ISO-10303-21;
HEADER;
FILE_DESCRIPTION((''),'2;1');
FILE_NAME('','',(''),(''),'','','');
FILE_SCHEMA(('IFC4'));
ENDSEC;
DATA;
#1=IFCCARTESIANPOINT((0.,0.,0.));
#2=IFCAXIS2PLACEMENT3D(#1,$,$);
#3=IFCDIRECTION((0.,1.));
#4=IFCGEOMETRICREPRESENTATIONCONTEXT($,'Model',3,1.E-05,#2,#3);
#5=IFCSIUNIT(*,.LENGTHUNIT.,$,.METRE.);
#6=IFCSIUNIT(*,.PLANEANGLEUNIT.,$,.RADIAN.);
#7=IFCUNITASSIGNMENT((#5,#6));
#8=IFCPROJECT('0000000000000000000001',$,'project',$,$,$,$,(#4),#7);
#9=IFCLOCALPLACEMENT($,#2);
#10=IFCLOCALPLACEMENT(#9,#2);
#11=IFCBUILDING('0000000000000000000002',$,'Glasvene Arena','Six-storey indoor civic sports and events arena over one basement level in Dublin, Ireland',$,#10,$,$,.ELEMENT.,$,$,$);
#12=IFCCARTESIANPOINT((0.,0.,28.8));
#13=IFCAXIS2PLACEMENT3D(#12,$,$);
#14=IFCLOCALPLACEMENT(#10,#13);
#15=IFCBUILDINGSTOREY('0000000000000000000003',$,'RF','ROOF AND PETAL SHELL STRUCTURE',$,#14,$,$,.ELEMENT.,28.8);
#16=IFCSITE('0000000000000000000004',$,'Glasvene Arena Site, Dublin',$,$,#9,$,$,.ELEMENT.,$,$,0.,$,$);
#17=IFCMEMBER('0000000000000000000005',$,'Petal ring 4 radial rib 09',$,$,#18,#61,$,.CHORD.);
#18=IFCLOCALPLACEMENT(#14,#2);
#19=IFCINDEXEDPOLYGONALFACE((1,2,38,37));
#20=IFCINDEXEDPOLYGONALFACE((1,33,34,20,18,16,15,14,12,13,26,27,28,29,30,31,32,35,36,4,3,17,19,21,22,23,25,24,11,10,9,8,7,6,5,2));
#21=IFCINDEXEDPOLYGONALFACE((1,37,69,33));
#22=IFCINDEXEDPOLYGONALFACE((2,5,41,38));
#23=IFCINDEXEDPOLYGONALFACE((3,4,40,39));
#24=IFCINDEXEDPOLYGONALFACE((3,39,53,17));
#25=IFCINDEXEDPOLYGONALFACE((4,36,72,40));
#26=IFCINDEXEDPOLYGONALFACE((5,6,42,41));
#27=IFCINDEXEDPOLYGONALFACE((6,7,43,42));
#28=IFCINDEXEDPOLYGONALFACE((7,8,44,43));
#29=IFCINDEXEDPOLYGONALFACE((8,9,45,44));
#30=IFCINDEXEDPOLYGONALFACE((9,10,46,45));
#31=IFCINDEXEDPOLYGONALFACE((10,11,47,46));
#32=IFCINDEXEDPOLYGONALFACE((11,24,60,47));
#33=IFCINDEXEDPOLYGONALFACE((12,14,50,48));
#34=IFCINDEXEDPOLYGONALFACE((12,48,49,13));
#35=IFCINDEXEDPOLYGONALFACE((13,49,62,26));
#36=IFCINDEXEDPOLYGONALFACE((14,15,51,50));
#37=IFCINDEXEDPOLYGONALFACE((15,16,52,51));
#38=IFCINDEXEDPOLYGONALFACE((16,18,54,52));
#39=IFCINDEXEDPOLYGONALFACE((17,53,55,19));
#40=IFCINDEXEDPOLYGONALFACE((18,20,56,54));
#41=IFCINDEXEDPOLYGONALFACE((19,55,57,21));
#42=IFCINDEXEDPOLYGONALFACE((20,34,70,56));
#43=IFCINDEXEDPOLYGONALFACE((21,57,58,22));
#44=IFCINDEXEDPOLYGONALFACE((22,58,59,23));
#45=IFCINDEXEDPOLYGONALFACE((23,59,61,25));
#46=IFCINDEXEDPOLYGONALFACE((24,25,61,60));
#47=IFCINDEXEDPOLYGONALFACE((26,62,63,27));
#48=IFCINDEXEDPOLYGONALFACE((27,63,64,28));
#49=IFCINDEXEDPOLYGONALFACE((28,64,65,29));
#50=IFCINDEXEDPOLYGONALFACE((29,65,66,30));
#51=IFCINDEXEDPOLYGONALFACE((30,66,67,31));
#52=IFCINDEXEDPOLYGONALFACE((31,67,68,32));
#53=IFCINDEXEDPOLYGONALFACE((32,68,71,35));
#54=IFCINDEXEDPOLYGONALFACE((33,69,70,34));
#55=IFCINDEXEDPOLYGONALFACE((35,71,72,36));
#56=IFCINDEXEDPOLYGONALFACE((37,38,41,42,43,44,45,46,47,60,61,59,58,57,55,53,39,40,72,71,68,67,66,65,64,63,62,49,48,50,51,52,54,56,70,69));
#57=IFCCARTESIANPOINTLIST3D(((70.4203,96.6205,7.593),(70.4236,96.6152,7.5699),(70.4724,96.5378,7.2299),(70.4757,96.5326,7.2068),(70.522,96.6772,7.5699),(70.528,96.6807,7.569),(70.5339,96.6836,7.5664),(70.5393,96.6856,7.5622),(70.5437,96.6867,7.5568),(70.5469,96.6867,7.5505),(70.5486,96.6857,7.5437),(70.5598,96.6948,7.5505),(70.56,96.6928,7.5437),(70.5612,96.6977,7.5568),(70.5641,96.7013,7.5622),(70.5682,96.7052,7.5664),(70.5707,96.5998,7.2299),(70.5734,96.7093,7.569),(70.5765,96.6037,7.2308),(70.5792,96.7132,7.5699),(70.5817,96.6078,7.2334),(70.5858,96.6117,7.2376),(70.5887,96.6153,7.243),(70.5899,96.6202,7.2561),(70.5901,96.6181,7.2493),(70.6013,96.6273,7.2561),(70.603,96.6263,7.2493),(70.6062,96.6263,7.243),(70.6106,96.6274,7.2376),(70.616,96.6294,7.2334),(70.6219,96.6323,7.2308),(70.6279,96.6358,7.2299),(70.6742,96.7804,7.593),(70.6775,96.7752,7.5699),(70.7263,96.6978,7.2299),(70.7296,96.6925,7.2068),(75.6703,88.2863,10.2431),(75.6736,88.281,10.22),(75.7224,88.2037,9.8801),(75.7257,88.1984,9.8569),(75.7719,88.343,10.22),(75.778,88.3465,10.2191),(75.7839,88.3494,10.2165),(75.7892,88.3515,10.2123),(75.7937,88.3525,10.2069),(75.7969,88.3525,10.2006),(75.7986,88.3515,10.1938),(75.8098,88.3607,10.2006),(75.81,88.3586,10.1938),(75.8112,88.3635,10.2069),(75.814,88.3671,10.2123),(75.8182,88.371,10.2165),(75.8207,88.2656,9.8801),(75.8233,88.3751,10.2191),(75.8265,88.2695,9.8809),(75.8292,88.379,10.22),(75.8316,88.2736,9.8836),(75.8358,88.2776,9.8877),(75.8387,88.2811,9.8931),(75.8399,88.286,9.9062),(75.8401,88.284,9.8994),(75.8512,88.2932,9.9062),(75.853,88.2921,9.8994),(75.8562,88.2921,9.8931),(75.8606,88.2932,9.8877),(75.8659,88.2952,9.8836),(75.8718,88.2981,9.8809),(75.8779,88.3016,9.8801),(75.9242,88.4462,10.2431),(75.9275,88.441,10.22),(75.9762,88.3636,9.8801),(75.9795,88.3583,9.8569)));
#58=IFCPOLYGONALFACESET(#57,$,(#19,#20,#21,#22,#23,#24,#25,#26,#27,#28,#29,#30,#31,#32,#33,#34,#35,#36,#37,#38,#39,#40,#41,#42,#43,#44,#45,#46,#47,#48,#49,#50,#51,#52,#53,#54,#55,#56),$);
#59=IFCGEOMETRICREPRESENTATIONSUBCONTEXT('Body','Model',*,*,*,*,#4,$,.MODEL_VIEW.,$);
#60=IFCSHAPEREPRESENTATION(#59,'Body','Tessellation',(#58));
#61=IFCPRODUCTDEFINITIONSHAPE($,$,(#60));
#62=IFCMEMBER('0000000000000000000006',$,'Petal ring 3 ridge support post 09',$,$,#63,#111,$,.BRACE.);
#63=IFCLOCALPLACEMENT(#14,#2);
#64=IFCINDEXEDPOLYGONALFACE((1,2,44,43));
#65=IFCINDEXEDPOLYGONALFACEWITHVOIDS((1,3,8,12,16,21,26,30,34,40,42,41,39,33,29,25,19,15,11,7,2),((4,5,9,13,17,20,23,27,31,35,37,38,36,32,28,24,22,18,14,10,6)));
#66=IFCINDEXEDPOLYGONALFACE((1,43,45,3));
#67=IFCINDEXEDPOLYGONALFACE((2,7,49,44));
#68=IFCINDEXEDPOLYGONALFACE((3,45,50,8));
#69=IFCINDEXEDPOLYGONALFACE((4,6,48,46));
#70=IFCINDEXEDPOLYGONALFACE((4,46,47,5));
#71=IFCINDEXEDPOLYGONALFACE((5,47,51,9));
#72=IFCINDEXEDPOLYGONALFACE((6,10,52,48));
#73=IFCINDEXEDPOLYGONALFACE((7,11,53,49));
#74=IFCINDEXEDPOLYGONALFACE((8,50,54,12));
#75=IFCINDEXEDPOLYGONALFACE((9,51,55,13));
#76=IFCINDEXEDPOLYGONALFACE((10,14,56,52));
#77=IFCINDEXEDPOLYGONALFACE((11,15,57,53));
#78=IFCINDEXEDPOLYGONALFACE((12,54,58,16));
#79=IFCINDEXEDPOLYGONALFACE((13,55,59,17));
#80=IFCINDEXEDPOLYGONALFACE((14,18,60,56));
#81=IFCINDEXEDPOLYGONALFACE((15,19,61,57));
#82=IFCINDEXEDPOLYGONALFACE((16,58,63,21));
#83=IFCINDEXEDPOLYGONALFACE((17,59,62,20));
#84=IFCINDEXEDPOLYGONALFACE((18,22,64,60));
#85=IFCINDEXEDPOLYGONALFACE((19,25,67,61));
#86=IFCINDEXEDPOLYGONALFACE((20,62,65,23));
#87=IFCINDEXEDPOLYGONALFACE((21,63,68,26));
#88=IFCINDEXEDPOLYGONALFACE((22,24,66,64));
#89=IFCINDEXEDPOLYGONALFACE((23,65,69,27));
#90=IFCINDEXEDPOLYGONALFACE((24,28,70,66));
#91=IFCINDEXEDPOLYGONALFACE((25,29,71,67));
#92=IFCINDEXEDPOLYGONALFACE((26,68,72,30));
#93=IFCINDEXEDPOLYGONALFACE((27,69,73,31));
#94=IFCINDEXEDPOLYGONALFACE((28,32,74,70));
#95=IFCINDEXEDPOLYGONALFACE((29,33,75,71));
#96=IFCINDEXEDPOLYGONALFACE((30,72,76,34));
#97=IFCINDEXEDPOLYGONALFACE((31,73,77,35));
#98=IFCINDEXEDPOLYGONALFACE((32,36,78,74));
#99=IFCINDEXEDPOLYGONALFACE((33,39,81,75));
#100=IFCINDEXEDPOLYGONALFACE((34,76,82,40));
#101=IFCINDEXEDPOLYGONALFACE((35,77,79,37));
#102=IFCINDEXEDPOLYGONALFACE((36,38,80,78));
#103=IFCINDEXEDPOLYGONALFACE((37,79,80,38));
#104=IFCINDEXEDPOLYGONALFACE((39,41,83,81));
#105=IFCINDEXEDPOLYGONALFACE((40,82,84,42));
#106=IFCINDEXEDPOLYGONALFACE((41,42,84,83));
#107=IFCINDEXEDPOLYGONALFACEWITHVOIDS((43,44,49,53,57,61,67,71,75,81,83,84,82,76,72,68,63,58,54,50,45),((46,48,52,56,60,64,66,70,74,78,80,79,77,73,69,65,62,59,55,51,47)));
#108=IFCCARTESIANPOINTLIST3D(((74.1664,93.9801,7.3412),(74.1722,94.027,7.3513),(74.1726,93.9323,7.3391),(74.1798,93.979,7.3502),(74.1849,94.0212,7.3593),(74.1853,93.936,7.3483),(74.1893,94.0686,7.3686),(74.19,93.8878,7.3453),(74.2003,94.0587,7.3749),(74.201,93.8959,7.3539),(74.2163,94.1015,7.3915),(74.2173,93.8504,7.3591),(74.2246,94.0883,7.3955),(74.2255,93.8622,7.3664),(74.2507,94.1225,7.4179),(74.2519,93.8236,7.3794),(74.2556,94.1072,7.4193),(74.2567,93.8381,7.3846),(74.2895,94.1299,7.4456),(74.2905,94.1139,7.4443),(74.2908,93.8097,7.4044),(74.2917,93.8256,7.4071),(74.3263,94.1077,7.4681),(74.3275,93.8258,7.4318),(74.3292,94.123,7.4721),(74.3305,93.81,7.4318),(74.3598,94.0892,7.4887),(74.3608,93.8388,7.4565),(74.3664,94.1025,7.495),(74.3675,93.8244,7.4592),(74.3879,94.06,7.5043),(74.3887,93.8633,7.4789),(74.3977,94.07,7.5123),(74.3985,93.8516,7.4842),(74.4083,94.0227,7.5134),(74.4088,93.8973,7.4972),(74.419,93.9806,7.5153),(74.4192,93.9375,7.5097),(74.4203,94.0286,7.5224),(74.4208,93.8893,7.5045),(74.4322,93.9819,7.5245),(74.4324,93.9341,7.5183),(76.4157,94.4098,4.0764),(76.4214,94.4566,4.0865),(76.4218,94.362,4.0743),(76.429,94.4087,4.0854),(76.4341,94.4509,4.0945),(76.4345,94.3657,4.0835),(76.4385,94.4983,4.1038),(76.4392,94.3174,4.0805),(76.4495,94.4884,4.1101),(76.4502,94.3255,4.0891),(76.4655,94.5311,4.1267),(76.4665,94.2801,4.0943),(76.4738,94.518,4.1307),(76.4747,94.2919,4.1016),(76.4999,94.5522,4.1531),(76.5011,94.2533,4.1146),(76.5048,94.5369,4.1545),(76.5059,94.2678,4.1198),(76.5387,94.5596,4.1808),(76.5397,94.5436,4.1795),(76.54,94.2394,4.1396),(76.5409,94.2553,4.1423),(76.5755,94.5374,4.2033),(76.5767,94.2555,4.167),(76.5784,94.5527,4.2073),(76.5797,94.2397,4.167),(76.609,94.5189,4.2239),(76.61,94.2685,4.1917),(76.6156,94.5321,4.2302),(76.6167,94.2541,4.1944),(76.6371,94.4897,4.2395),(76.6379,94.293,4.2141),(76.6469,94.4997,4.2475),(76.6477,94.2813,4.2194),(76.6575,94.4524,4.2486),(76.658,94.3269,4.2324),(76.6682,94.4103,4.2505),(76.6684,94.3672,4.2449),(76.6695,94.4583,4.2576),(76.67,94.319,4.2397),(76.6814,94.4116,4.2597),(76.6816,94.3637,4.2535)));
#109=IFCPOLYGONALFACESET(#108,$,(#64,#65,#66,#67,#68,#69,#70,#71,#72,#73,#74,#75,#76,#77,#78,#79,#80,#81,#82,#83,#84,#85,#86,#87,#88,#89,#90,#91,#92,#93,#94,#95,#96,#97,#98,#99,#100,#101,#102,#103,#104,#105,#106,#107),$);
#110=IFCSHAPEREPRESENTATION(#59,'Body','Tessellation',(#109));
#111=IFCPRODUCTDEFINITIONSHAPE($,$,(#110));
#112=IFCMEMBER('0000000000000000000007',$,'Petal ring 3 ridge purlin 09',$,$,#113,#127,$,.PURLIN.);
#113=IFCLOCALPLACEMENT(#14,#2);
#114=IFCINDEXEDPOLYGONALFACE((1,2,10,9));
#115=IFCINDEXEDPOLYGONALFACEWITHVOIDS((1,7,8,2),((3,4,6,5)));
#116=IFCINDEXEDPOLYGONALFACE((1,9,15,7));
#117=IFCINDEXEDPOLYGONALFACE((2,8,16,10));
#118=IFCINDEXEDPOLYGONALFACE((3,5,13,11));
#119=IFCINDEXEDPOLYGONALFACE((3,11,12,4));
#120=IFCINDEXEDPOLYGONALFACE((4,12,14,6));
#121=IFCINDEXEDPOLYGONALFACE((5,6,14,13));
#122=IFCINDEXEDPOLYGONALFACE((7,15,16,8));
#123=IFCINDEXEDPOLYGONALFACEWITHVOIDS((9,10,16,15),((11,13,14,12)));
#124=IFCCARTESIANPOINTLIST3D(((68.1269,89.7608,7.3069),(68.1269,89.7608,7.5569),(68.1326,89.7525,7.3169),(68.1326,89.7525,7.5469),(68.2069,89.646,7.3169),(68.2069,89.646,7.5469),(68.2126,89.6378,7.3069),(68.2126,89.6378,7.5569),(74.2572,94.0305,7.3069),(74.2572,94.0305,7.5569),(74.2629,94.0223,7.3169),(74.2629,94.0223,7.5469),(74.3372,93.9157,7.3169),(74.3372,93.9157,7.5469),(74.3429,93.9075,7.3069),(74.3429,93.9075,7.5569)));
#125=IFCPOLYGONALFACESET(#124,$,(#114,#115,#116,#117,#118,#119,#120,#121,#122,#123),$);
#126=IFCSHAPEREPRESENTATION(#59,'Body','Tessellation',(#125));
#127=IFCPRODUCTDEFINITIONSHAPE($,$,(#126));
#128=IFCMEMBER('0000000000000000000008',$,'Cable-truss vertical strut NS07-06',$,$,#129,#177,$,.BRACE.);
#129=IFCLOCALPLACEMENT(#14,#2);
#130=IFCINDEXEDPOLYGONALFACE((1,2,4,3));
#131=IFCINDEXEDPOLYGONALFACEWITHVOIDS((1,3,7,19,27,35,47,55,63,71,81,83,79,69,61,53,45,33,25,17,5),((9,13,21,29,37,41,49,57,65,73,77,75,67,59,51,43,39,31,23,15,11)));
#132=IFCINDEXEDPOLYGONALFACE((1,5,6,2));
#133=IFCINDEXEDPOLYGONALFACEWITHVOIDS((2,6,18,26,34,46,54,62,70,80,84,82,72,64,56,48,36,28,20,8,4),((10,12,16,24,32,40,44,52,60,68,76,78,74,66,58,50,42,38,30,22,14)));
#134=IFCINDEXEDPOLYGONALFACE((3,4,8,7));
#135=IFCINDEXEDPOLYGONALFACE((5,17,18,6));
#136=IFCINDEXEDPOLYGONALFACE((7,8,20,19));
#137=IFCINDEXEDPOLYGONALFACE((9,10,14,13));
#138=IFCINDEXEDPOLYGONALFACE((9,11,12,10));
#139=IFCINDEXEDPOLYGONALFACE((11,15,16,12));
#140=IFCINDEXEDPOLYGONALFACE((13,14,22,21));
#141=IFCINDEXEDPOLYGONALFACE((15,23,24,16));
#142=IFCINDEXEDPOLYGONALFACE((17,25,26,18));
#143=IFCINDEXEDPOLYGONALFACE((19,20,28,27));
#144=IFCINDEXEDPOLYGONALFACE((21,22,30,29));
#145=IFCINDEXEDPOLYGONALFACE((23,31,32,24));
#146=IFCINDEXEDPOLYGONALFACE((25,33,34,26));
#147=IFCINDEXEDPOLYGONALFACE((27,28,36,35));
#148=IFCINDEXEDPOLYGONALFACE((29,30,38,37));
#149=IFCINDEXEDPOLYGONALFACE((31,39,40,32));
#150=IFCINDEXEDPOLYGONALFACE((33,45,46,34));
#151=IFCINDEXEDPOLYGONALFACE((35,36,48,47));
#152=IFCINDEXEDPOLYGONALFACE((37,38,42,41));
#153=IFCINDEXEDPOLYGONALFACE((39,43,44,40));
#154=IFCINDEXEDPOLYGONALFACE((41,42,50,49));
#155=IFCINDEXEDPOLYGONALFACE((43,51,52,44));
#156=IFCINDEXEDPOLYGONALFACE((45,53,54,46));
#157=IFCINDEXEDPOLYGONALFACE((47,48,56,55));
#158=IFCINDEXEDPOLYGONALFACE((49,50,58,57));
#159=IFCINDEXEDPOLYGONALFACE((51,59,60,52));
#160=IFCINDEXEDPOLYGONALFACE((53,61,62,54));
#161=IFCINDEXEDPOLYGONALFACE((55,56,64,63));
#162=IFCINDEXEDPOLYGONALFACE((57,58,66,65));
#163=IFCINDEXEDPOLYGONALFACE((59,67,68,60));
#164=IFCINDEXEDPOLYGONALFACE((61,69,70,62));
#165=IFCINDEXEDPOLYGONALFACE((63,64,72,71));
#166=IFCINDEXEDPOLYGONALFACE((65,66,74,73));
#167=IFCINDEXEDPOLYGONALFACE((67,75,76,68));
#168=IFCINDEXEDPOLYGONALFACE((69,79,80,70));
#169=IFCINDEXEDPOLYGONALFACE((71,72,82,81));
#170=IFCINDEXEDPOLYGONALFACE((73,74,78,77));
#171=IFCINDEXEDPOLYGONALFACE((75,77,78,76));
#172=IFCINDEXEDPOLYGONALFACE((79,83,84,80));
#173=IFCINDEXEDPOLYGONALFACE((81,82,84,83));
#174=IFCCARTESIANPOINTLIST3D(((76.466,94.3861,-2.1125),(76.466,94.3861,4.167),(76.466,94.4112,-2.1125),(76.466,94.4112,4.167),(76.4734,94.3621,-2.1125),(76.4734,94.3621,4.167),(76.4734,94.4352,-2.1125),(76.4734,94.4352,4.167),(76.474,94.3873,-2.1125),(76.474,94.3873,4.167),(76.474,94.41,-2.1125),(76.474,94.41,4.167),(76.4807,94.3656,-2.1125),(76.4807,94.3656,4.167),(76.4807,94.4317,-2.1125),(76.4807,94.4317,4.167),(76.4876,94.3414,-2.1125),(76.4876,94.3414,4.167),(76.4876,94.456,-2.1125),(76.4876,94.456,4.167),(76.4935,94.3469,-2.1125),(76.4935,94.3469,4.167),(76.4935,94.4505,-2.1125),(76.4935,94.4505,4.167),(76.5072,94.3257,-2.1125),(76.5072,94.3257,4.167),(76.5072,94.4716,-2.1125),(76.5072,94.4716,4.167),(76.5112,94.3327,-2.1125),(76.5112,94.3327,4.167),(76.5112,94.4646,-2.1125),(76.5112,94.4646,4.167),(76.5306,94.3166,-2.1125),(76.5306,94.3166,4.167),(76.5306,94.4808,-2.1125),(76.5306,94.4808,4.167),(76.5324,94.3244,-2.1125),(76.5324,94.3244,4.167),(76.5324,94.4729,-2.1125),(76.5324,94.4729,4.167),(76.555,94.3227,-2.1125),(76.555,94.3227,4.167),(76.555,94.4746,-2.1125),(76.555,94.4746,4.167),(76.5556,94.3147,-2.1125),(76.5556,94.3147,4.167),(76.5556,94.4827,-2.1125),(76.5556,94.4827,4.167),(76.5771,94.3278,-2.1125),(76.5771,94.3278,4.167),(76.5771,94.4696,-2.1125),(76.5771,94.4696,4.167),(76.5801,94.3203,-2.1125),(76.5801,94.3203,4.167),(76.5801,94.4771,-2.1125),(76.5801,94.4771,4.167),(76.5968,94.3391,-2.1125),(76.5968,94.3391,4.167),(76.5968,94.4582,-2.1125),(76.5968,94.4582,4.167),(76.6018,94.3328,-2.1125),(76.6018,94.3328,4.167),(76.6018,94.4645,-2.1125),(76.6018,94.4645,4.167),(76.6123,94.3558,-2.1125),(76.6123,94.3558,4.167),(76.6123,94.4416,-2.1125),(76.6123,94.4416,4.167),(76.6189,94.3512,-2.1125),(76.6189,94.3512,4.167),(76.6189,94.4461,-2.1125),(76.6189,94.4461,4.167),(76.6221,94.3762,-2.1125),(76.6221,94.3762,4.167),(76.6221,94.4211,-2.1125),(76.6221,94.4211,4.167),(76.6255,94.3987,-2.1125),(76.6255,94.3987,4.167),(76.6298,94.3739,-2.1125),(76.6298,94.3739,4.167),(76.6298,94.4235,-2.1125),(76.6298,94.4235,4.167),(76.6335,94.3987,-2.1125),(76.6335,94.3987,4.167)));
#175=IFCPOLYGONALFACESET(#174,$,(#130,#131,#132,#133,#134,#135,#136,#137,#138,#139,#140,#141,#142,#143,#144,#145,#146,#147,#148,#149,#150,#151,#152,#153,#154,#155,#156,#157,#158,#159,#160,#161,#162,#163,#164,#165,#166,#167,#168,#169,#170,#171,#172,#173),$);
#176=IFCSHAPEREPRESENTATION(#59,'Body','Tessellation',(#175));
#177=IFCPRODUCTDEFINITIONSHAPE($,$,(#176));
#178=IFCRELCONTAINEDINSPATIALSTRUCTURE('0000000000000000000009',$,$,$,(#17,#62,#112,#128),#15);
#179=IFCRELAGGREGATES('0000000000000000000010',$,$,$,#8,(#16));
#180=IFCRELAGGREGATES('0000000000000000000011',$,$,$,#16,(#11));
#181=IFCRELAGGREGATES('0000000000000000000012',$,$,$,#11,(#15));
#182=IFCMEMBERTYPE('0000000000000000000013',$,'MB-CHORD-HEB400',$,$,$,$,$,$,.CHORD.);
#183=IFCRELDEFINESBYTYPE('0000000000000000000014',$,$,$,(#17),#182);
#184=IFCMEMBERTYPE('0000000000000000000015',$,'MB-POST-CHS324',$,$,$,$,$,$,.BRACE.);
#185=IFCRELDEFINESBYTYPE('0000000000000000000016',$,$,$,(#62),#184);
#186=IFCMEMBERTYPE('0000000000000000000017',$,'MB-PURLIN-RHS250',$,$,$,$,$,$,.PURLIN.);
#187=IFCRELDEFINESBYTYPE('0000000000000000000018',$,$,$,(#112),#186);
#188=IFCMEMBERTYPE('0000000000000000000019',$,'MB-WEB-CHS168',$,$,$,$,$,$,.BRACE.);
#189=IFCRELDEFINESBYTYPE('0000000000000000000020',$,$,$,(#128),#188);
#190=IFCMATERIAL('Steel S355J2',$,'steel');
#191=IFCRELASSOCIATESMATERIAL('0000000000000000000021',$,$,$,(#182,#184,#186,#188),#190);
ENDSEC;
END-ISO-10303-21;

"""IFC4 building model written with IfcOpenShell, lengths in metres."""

from ifc_helpers import new_model, si_unit, direction, frame, origin, origin_2d, place, context, subcontext, project, spatial, hollow_rectangle, hollow_circle, i_section, extrude, material, material_profile, profile_set, type_object, element, save


model = new_model("IFC4")

# Units and contexts
model_context = context("Model", 3, precision=1e-05, world=origin(), true_north=direction((0.0, 1.0)))
body_context = subcontext(model_context, "Body", "Model", "MODEL_VIEW")
ifc_project = project(units=[si_unit("LENGTHUNIT", "METRE"), si_unit("PLANEANGLEUNIT", "RADIAN")], contexts=[model_context])

# Site, building, storey
site_placement = place(None, origin())
site = spatial("IfcSite", under=ifc_project, at=site_placement, Name="Glasvene Arena Site, Dublin", CompositionType="ELEMENT", RefElevation=0.0)
building_placement = place(site_placement, origin())
building = spatial("IfcBuilding", under=site, at=building_placement, Name="Glasvene Arena", Description="Six-storey indoor civic sports and events arena over one basement level in Dublin, Ireland", CompositionType="ELEMENT")
storey_placement = place(building_placement, frame((0.0, 0.0, 28.8)))
storey = spatial("IfcBuildingStorey", under=building, at=storey_placement, Name="RF", Description="ROOF AND PETAL SHELL STRUCTURE", CompositionType="ELEMENT", Elevation=28.8)

# Members
ifc_material_1 = material(Name="Steel S355J2", Category="steel")
ifc_material_profile_1 = material_profile(ifc_material_1, i_section(OverallWidth=0.3, OverallDepth=0.3999, WebThickness=0.0134, FlangeThickness=0.0239, FilletRadius=0.0271, at=origin_2d()), Name="HEB 400")
ifc_profile_set_1 = profile_set([ifc_material_profile_1], Name="Steel S355J2")
member_type_1 = type_object("IfcMemberType", Name="MB-CHORD-HEB400", PredefinedType="CHORD", material=ifc_profile_set_1)
member_1_placement = place(storey_placement, frame((70.575, 96.6565, 7.3999), z_axis=(0.514693, -0.817061, 0.259812), x_axis=(0.846117, 0.532997, 0.0)))
element("IfcMember", 1, at=member_1_placement, inside=storey, type_object=member_type_1, Name="Petal ring 4 radial rib 09", PredefinedType="CHORD", context=body_context, shape_type="SweptSolid", body=[
    extrude(i_section(OverallWidth=0.3, OverallDepth=0.3999, WebThickness=0.0134, FlangeThickness=0.0239, FilletRadius=0.0271, at=origin_2d()), origin(), (0.0, 0.0, 1.0), 10.2002),
])
ifc_material_profile_2 = material_profile(ifc_material_1, hollow_circle(Radius=0.1619, WallThickness=0.0161, at=origin_2d()), Name="CHS 323.9x16.0")
ifc_profile_set_2 = profile_set([ifc_material_profile_2], Name="Steel S355J2")
member_type_2 = type_object("IfcMemberType", Name="MB-POST-CHS324", PredefinedType="BRACE", material=ifc_profile_set_2)
member_2_placement = place(storey_placement, frame((76.5493, 94.3987, 4.167), z_axis=(-0.564023, -0.107748, 0.818699), x_axis=(0.187641, -0.982238, 0.0)))
element("IfcMember", 2, at=member_2_placement, inside=storey, type_object=member_type_2, Name="Petal ring 3 ridge support post 09", PredefinedType="BRACE", context=body_context, shape_type="SweptSolid", body=[
    extrude(hollow_circle(Radius=0.1619, WallThickness=0.0161, at=origin_2d()), origin(), (0.0, 0.0, 1.0), 3.9878),
])
ifc_material_profile_3 = material_profile(ifc_material_1, hollow_rectangle(XDim=0.1499, YDim=0.25, WallThickness=0.01, at=origin_2d()), Name="RHS 250x150x10.0")
ifc_profile_set_3 = profile_set([ifc_material_profile_3], Name="Steel S355J2")
member_type_3 = type_object("IfcMemberType", Name="MB-PURLIN-RHS250", PredefinedType="PURLIN", material=ifc_profile_set_3)
member_3_placement = place(storey_placement, frame((74.3, 93.969, 7.4319), z_axis=(-0.820581, -0.571531, 0.0), x_axis=(0.571531, -0.820581, 0.0)))
element("IfcMember", 3, at=member_3_placement, inside=storey, type_object=member_type_3, Name="Petal ring 3 ridge purlin 09", PredefinedType="PURLIN", context=body_context, shape_type="SweptSolid", body=[
    extrude(hollow_rectangle(XDim=0.1499, YDim=0.25, WallThickness=0.01, at=origin_2d()), origin(), (0.0, 0.0, 1.0), 7.4707),
])
ifc_material_profile_4 = material_profile(ifc_material_1, hollow_circle(Radius=0.0842, WallThickness=0.0081, at=origin_2d()), Name="CHS 168.3x8.0")
ifc_profile_set_4 = profile_set([ifc_material_profile_4], Name="Steel S355J2")
member_type_4 = type_object("IfcMemberType", Name="MB-WEB-CHS168", PredefinedType="BRACE", material=ifc_profile_set_4)
for number, where, z_axis, x_axis, name in (
    (4, (76.5493, 94.3987, -2.1125), (0.0, 0.0, 1.0), (1.0, 0.0, 0.0), "Cable-truss vertical strut NS07-06"),
):
    element("IfcMember", number, at=place(storey_placement, frame(where, z_axis=z_axis, x_axis=x_axis)), inside=storey, type_object=member_type_4, Name=name, PredefinedType="BRACE", context=body_context, shape_type="SweptSolid", body=[
        extrude(hollow_circle(Radius=0.0842, WallThickness=0.0081, at=origin_2d()), origin(), (0.0, 0.0, 1.0), 6.2795),
    ])

save(model, "model.ifc")
